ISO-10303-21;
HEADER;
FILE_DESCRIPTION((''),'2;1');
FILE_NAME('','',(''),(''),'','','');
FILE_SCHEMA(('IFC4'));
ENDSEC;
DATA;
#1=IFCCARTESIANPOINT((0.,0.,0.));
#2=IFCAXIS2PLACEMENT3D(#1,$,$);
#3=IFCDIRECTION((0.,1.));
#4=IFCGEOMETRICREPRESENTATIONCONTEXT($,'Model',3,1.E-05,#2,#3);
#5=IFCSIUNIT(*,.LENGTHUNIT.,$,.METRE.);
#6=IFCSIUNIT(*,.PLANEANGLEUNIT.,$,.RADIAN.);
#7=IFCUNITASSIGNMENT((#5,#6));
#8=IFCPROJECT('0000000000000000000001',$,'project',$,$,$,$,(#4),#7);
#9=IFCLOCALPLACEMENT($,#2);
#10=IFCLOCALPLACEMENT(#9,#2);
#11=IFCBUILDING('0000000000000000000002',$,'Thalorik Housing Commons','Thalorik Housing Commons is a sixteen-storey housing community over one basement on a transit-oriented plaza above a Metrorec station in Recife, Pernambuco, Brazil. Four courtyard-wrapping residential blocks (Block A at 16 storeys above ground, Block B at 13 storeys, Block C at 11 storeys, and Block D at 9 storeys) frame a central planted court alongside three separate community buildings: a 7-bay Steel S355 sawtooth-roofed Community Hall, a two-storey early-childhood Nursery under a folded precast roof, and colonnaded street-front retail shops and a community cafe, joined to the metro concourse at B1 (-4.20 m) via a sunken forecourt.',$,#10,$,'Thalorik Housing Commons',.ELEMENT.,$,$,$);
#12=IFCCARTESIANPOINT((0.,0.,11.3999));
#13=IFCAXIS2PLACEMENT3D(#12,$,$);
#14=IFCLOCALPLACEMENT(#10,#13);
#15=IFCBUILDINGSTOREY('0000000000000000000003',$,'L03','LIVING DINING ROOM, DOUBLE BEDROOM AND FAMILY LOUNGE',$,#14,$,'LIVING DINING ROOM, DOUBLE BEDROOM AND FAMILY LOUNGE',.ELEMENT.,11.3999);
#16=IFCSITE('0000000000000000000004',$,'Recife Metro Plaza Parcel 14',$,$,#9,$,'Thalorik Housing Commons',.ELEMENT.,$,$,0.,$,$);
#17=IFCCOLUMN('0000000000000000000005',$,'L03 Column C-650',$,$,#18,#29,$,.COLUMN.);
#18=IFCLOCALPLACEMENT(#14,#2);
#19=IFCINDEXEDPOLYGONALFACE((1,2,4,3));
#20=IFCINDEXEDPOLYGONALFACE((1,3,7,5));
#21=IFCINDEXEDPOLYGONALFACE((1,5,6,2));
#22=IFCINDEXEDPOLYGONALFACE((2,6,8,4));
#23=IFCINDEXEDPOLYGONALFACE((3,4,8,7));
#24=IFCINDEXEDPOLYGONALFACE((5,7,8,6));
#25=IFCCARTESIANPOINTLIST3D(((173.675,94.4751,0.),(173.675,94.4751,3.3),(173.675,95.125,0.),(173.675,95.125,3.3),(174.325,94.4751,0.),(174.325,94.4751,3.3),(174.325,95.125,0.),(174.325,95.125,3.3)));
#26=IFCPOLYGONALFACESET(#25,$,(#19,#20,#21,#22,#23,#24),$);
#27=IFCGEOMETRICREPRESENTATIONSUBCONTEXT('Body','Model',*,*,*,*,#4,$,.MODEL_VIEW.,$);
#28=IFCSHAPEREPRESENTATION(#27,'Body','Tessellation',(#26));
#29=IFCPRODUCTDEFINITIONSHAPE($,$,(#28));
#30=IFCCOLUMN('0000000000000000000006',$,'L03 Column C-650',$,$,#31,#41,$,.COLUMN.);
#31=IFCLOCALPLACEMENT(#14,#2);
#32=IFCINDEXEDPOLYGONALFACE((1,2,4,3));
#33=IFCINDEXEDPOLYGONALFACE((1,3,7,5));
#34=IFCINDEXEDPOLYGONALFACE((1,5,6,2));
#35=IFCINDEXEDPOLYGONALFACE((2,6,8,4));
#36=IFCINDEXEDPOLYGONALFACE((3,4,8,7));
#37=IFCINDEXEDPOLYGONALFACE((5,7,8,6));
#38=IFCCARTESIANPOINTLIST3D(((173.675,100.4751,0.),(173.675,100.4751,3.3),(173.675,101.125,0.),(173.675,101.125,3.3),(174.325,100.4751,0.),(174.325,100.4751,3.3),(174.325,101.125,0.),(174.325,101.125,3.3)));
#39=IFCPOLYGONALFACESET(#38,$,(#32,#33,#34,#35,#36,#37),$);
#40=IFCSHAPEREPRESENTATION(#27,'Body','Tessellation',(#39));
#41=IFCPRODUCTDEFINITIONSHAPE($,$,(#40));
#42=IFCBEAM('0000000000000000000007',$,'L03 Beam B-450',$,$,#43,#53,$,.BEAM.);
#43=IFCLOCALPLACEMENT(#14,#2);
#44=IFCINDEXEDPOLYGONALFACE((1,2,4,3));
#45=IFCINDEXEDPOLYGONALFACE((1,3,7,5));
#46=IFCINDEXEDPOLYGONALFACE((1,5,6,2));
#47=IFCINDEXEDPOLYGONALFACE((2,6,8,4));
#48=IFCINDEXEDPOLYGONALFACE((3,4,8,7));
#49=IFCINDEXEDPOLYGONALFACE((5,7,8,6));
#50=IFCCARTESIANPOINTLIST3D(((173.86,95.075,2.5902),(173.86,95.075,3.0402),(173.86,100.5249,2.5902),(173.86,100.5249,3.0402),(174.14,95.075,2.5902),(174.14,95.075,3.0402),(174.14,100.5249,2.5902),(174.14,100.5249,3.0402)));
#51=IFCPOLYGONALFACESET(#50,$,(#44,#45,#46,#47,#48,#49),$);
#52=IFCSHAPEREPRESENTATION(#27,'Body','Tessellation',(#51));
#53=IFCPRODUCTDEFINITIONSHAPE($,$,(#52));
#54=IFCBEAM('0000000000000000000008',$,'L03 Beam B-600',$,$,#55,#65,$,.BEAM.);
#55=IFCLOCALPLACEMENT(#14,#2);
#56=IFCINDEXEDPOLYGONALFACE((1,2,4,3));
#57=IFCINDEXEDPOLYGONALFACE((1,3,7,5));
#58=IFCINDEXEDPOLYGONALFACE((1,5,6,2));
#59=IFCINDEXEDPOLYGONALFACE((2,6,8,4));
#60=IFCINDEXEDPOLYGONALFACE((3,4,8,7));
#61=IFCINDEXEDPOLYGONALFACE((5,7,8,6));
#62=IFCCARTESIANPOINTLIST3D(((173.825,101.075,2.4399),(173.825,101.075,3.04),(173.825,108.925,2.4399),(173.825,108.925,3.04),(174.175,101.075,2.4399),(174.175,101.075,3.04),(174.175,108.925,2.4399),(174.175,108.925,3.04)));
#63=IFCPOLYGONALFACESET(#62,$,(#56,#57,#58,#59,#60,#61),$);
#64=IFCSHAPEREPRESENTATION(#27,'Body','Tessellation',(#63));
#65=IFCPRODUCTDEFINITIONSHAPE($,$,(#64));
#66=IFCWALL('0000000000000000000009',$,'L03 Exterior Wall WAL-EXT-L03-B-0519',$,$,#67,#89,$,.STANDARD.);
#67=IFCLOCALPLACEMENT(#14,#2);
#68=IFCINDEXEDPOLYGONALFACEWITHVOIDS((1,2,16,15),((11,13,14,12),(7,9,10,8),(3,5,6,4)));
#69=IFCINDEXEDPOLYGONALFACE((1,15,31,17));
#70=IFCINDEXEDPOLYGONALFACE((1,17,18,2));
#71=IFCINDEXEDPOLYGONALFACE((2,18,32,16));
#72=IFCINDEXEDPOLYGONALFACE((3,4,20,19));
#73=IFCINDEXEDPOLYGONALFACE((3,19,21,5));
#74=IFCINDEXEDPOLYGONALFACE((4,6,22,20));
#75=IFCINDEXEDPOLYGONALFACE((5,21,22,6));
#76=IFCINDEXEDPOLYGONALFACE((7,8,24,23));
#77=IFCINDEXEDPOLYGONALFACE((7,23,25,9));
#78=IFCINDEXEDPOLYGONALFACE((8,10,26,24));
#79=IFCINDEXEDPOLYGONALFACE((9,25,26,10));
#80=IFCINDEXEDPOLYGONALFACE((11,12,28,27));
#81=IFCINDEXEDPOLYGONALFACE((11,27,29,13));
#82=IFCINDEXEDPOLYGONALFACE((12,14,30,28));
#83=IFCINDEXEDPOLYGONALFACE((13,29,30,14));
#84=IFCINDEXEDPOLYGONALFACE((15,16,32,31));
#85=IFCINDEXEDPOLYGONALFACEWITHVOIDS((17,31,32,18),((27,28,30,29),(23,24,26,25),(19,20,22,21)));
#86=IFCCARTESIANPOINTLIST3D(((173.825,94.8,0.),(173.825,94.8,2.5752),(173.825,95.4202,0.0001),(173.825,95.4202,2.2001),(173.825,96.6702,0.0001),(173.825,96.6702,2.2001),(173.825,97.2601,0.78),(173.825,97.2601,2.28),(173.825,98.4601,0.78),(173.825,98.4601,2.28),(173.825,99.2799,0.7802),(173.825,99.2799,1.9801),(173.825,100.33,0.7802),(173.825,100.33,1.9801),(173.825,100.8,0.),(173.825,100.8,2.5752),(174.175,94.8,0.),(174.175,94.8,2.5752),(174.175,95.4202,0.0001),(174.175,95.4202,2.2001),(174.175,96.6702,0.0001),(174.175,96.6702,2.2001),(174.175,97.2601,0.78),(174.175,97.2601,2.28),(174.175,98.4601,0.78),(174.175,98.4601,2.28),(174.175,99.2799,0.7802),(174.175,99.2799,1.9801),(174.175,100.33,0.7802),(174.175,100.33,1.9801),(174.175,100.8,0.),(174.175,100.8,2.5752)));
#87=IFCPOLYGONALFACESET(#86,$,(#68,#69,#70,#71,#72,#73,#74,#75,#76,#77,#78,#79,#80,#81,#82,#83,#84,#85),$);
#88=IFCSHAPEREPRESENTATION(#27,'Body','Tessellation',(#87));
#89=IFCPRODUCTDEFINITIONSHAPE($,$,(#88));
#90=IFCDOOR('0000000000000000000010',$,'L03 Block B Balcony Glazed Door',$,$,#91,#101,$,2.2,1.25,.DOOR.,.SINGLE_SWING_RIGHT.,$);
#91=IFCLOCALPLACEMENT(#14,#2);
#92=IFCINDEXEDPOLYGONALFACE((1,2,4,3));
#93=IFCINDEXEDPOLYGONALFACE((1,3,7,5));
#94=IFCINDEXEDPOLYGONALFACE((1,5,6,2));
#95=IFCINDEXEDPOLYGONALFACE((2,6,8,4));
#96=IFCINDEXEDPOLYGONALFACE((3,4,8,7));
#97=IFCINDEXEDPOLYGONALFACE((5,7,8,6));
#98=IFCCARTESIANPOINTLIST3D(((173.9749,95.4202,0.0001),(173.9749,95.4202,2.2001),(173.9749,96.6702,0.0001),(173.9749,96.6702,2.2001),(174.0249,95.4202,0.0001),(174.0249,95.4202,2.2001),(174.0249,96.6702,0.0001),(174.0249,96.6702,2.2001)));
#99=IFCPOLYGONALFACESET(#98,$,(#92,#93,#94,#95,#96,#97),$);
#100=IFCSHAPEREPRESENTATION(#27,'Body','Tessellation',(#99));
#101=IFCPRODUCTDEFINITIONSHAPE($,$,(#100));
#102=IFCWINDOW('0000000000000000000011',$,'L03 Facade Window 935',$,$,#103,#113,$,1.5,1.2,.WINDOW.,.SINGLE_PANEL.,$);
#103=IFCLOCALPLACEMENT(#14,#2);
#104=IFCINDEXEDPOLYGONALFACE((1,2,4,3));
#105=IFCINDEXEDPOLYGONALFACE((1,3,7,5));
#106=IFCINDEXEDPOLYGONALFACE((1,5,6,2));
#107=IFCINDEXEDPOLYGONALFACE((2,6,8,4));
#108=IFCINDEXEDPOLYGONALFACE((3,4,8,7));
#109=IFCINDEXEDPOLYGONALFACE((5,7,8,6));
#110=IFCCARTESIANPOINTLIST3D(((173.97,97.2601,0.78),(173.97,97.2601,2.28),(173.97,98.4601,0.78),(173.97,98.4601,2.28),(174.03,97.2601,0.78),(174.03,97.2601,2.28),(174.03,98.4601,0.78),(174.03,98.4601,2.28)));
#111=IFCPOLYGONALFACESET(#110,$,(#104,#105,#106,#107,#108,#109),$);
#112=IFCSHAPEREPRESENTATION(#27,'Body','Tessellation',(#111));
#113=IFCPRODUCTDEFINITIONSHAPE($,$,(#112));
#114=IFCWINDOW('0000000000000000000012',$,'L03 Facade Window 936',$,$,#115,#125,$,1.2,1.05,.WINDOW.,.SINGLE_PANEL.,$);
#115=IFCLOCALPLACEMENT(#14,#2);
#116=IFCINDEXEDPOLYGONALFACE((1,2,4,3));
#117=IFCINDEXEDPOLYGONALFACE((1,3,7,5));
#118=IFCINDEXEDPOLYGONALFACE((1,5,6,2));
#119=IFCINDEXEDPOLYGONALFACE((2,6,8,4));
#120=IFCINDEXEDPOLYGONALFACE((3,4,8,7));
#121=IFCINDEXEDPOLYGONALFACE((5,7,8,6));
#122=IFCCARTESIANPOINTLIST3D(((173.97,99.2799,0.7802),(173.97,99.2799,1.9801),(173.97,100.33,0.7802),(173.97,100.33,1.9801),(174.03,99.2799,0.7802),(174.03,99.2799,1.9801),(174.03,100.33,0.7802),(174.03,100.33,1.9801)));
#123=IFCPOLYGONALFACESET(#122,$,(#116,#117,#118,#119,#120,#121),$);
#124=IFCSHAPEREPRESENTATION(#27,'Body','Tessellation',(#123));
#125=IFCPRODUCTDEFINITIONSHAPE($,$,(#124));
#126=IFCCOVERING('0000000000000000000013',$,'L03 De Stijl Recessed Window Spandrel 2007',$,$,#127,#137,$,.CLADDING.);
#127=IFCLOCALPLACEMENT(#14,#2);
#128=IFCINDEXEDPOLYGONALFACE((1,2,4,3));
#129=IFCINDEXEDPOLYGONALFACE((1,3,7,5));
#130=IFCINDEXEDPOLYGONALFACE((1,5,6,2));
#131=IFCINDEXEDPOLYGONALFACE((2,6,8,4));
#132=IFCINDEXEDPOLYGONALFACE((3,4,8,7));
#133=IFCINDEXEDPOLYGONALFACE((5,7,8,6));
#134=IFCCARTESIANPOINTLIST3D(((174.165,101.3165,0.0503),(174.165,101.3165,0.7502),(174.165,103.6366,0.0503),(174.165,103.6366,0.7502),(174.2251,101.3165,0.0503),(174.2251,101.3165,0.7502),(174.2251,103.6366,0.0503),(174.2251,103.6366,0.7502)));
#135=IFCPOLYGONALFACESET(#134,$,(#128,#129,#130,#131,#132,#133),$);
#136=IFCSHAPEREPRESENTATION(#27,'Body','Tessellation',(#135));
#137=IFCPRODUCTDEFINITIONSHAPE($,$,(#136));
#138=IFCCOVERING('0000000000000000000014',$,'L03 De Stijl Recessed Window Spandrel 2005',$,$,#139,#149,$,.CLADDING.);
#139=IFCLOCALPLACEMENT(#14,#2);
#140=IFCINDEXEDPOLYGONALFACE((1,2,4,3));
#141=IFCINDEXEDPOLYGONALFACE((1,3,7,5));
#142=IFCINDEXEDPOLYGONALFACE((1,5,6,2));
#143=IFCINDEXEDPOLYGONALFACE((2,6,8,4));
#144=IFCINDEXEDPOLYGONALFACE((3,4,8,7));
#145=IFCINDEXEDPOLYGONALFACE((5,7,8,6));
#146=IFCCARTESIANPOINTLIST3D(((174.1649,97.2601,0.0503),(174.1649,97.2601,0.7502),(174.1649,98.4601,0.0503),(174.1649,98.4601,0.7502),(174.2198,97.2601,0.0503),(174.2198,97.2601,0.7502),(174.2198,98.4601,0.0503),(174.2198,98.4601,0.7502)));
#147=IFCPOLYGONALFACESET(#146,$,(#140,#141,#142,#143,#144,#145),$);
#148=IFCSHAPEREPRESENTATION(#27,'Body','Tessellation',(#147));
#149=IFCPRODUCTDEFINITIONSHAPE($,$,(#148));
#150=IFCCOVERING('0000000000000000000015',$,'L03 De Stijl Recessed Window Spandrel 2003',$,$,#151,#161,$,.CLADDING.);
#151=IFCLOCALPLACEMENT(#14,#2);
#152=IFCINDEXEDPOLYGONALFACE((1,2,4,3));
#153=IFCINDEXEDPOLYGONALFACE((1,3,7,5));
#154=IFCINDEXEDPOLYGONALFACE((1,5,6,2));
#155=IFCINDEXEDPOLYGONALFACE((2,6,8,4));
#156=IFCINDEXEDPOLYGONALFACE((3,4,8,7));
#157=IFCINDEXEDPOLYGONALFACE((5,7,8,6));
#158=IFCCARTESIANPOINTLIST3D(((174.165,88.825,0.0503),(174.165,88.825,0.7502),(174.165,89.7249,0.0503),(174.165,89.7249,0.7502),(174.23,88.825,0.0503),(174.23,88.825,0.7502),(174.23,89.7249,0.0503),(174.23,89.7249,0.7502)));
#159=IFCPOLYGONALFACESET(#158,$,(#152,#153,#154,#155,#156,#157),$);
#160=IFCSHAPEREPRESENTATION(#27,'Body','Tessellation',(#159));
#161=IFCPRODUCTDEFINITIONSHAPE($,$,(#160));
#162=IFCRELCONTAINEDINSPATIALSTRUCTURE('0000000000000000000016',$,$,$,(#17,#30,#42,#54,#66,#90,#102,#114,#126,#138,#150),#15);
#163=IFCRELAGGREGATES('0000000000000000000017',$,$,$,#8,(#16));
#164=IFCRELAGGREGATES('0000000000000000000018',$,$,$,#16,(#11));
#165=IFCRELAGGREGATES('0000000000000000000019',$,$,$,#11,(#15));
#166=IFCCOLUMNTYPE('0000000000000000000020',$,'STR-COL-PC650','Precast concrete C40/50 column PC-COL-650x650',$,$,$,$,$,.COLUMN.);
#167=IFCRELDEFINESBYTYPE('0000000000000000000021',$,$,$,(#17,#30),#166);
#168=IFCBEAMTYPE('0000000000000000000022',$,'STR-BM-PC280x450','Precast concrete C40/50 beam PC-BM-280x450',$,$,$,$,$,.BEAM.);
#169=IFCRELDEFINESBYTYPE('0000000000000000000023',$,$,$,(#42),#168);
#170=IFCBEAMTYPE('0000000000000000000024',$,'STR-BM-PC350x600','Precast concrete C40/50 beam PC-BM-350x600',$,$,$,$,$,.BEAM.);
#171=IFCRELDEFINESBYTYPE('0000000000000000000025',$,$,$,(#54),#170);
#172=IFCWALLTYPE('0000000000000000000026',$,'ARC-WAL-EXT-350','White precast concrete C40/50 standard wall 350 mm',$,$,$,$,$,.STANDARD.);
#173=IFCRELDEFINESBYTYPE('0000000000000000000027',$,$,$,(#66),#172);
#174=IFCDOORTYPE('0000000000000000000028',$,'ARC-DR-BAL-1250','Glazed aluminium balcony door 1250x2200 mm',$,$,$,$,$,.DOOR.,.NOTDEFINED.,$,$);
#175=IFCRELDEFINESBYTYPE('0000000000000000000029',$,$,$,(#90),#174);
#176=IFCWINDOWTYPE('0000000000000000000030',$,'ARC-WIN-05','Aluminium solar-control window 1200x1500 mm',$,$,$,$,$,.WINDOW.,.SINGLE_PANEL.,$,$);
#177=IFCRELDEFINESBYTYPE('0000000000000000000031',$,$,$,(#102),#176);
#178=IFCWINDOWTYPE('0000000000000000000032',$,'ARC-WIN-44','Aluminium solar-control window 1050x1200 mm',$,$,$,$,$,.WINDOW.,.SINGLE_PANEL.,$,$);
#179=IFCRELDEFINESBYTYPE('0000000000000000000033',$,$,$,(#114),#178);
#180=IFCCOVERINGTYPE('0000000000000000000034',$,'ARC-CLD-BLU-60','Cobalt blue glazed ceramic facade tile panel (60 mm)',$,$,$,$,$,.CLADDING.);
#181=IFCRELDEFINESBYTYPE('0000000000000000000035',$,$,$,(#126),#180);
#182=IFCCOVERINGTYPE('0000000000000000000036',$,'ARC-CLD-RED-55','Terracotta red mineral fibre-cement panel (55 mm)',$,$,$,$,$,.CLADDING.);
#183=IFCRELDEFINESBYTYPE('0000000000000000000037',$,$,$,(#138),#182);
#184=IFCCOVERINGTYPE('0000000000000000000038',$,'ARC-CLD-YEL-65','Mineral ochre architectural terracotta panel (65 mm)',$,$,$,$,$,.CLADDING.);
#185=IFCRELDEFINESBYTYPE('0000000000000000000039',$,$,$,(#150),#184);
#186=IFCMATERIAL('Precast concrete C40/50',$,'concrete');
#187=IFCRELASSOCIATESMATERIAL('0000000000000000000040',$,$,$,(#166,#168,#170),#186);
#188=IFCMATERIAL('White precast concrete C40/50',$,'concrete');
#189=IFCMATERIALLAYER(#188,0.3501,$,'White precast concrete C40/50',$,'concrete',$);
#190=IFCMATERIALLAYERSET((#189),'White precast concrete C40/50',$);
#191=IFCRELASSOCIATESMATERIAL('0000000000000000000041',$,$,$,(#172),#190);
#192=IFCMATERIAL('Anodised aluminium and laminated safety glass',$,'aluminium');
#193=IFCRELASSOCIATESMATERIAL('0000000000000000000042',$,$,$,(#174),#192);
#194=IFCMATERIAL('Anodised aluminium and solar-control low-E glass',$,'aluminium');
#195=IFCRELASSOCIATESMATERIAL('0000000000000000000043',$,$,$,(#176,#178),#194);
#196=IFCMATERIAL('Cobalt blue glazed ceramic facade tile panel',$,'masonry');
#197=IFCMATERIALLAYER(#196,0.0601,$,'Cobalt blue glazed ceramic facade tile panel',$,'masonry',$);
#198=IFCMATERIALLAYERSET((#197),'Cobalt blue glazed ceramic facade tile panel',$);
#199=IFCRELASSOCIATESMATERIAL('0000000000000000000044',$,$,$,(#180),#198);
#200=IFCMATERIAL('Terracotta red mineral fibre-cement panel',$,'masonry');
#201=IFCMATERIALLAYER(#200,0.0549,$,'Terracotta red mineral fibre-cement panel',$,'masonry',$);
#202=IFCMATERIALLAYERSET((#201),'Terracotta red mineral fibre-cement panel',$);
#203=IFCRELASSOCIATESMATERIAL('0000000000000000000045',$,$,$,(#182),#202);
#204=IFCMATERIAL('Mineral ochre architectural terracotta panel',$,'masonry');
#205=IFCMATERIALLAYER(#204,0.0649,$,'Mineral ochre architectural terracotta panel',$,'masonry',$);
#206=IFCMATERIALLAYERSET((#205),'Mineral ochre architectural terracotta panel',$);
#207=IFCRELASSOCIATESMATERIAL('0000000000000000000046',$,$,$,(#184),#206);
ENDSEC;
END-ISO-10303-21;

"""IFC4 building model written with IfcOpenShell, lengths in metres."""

from ifc_helpers import new_model, si_unit, direction, frame, frame_2d, origin, origin_2d, place, context, subcontext, project, spatial, rectangle, extrude, material, layer, layer_set, material_profile, profile_set, type_object, element, fill, save


model = new_model("IFC4")

# Units and contexts
model_context = context("Model", 3, precision=1e-05, world=origin(), true_north=direction((0.0, 1.0)))
body_context = subcontext(model_context, "Body", "Model", "MODEL_VIEW")
ifc_project = project(units=[si_unit("LENGTHUNIT", "METRE"), si_unit("PLANEANGLEUNIT", "RADIAN")], contexts=[model_context])

# Site, building, storey
site_placement = place(None, origin())
site = spatial("IfcSite", under=ifc_project, at=site_placement, Name="Recife Metro Plaza Parcel 14", LongName="Thalorik Housing Commons", CompositionType="ELEMENT", RefElevation=0.0)
building_placement = place(site_placement, origin())
building = spatial("IfcBuilding", under=site, at=building_placement, Name="Thalorik Housing Commons", Description="Thalorik Housing Commons is a sixteen-storey housing community over one basement on a transit-oriented plaza above a Metrorec station in Recife, Pernambuco, Brazil. Four courtyard-wrapping residential blocks (Block A at 16 storeys above ground, Block B at 13 storeys, Block C at 11 storeys, and Block D at 9 storeys) frame a central planted court alongside three separate community buildings: a 7-bay Steel S355 sawtooth-roofed Community Hall, a two-storey early-childhood Nursery under a folded precast roof, and colonnaded street-front retail shops and a community cafe, joined to the metro concourse at B1 (-4.20 m) via a sunken forecourt.", LongName="Thalorik Housing Commons", CompositionType="ELEMENT")
storey_placement = place(building_placement, frame((0.0, 0.0, 11.3999)))
storey = spatial("IfcBuildingStorey", under=building, at=storey_placement, Name="L03", Description="LIVING DINING ROOM, DOUBLE BEDROOM AND FAMILY LOUNGE", LongName="LIVING DINING ROOM, DOUBLE BEDROOM AND FAMILY LOUNGE", CompositionType="ELEMENT", Elevation=11.3999)

# Columns
ifc_material_1 = material(Name="Precast concrete C40/50", Category="concrete")
ifc_material_profile_1 = material_profile(ifc_material_1, rectangle(XDim=0.6499, YDim=0.6499, at=origin_2d()), Name="PC 650x650", Category="concrete")
ifc_profile_set_1 = profile_set([ifc_material_profile_1], Name="Precast concrete C40/50")
column_type = type_object("IfcColumnType", Name="STR-COL-PC650", Description="Precast concrete C40/50 column PC-COL-650x650", PredefinedType="COLUMN", material=ifc_profile_set_1)
for number, where, z_axis, x_axis, name in (
    (1, (174.0, 94.8, 0.0), (0.0, 0.0, 1.0), (1.0, 0.0, 0.0), "L03 Column C-650"),
    (2, (174.0, 100.8, 0.0), (0.0, 0.0, 1.0), (1.0, 0.0, 0.0), "L03 Column C-650"),
):
    element("IfcColumn", number, at=place(storey_placement, frame(where, z_axis=z_axis, x_axis=x_axis)), inside=storey, type_object=column_type, Name=name, PredefinedType="COLUMN", context=body_context, shape_type="SweptSolid", body=[
        extrude(rectangle(XDim=0.6499, YDim=0.6499, at=origin_2d()), origin(), (0.0, 0.0, 1.0), 3.3),
    ])

# Beams
ifc_material_profile_2 = material_profile(ifc_material_1, rectangle(XDim=0.28, YDim=0.45, at=origin_2d()), Name="PC 280x450", Category="concrete")
ifc_profile_set_2 = profile_set([ifc_material_profile_2], Name="Precast concrete C40/50")
beam_type_1 = type_object("IfcBeamType", Name="STR-BM-PC280x450", Description="Precast concrete C40/50 beam PC-BM-280x450", PredefinedType="BEAM", material=ifc_profile_set_2)
beam_1_placement = place(storey_placement, frame((174.0, 95.075, 2.8152), z_axis=(0.0, 1.0, 0.0), x_axis=(-1.0, 0.0, 0.0)))
element("IfcBeam", 3, at=beam_1_placement, inside=storey, type_object=beam_type_1, Name="L03 Beam B-450", PredefinedType="BEAM", context=body_context, shape_type="SweptSolid", body=[
    extrude(rectangle(XDim=0.28, YDim=0.45, at=origin_2d()), origin(), (0.0, 0.0, 1.0), 5.45),
])
ifc_material_profile_3 = material_profile(ifc_material_1, rectangle(XDim=0.3501, YDim=0.6001, at=origin_2d()), Name="PC 350x600", Category="concrete")
ifc_profile_set_3 = profile_set([ifc_material_profile_3], Name="Precast concrete C40/50")
beam_type_2 = type_object("IfcBeamType", Name="STR-BM-PC350x600", Description="Precast concrete C40/50 beam PC-BM-350x600", PredefinedType="BEAM", material=ifc_profile_set_3)
beam_2_placement = place(storey_placement, frame((174.0, 101.075, 2.74), z_axis=(0.0, 1.0, 0.0), x_axis=(-1.0, 0.0, 0.0)))
element("IfcBeam", 4, at=beam_2_placement, inside=storey, type_object=beam_type_2, Name="L03 Beam B-600", PredefinedType="BEAM", context=body_context, shape_type="SweptSolid", body=[
    extrude(rectangle(XDim=0.3501, YDim=0.6001, at=origin_2d()), origin(), (0.0, 0.0, 1.0), 7.8501),
])

# Wall, openings, door, windows
ifc_material_2 = material(Name="White precast concrete C40/50", Category="concrete")
ifc_layer_1 = layer(ifc_material_2, 0.3501, Name="White precast concrete C40/50", Category="concrete")
ifc_layer_set_1 = layer_set([ifc_layer_1], Name="White precast concrete C40/50")
wall_type = type_object("IfcWallType", Name="ARC-WAL-EXT-350", Description="White precast concrete C40/50 standard wall 350 mm", PredefinedType="STANDARD", material=ifc_layer_set_1)
wall_1_placement = place(storey_placement, frame((174.0, 94.8, 0.0), z_axis=(0.0, 0.0, 1.0), x_axis=(0.0, 1.0, 0.0)))
wall_1 = element("IfcWall", 5, at=wall_1_placement, inside=storey, type_object=wall_type, Name="L03 Exterior Wall WAL-EXT-L03-B-0519", PredefinedType="STANDARD", context=body_context, shape_type="SweptSolid", body=[
    extrude(rectangle(XDim=6.0, YDim=0.3501, at=frame_2d((3.0, 0.0))), origin(), (0.0, 0.0, 1.0), 2.5752),
])
opening_1_placement = place(wall_1_placement, frame((0.6201, 0.0, 0.0)))
opening_1 = element("IfcOpeningElement", 6, at=opening_1_placement, cuts=wall_1, PredefinedType="OPENING", context=body_context, shape_type="SweptSolid", body=[
    extrude(rectangle(XDim=1.25, YDim=2.2, at=frame_2d((0.625, 1.1001))), frame((0.0, 0.1851, 0.0), z_axis=(0.0, -1.0, 0.0), x_axis=(1.0, 0.0, 0.0)), (0.0, 0.0, 1.0), 0.3701),
])
opening_2_placement = place(wall_1_placement, frame((2.46, 0.0, 0.78)))
opening_2 = element("IfcOpeningElement", 7, at=opening_2_placement, cuts=wall_1, PredefinedType="OPENING", context=body_context, shape_type="SweptSolid", body=[
    extrude(rectangle(XDim=1.2, YDim=1.5, at=frame_2d((0.6001, 0.75))), frame((0.0, 0.1851, 0.0), z_axis=(0.0, -1.0, 0.0), x_axis=(1.0, 0.0, 0.0)), (0.0, 0.0, 1.0), 0.3701),
])
opening_3_placement = place(wall_1_placement, frame((4.48, 0.0, 0.78)))
opening_3 = element("IfcOpeningElement", 8, at=opening_3_placement, cuts=wall_1, PredefinedType="OPENING", context=body_context, shape_type="SweptSolid", body=[
    extrude(rectangle(XDim=1.05, YDim=1.2, at=frame_2d((0.5249, 0.6001))), frame((0.0, 0.1851, 0.0), z_axis=(0.0, -1.0, 0.0), x_axis=(1.0, 0.0, 0.0)), (0.0, 0.0, 1.0), 0.3701),
])
ifc_material_3 = material(Name="Anodised aluminium and laminated safety glass", Category="aluminium")
door_type_1 = type_object("IfcDoorType", Name="ARC-DR-BAL-1250", Description="Glazed aluminium balcony door 1250x2200 mm", OperationType="NOTDEFINED", PredefinedType="DOOR", material=ifc_material_3)
door_1_placement = place(opening_1_placement, frame((1.25, 0.0, 0.0), z_axis=(0.0, 0.0, 1.0), x_axis=(-1.0, 0.0, 0.0)))
door_1 = element("IfcDoor", 9, at=door_1_placement, inside=storey, type_object=door_type_1, Name="L03 Block B Balcony Glazed Door", OperationType="SINGLE_SWING_RIGHT", OverallHeight=2.2, OverallWidth=1.25, PredefinedType="DOOR", context=body_context, shape_type="SweptSolid", body=[
    extrude(rectangle(XDim=1.25, YDim=2.2, at=frame_2d((0.625, 1.1001))), frame((0.0, 0.0249, 0.0), z_axis=(0.0, -1.0, 0.0), x_axis=(1.0, 0.0, 0.0)), (0.0, 0.0, 1.0), 0.05),
])
fill(opening_1, door_1)
ifc_material_4 = material(Name="Anodised aluminium and solar-control low-E glass", Category="aluminium")
window_type_1 = type_object("IfcWindowType", Name="ARC-WIN-05", Description="Aluminium solar-control window 1200x1500 mm", PartitioningType="SINGLE_PANEL", PredefinedType="WINDOW", material=ifc_material_4)
window_1_placement = place(opening_2_placement, origin())
window_1 = element("IfcWindow", 10, at=window_1_placement, inside=storey, type_object=window_type_1, Name="L03 Facade Window 935", OverallHeight=1.5, OverallWidth=1.2, PartitioningType="SINGLE_PANEL", PredefinedType="WINDOW", context=body_context, shape_type="SweptSolid", body=[
    extrude(rectangle(XDim=1.2, YDim=1.5, at=frame_2d((0.6001, 0.75))), frame((0.0, 0.03, 0.0), z_axis=(0.0, -1.0, 0.0), x_axis=(1.0, 0.0, 0.0)), (0.0, 0.0, 1.0), 0.0601),
])
fill(opening_2, window_1)
window_type_2 = type_object("IfcWindowType", Name="ARC-WIN-44", Description="Aluminium solar-control window 1050x1200 mm", PartitioningType="SINGLE_PANEL", PredefinedType="WINDOW", material=ifc_material_4)
window_2_placement = place(opening_3_placement, origin())
window_2 = element("IfcWindow", 11, at=window_2_placement, inside=storey, type_object=window_type_2, Name="L03 Facade Window 936", OverallHeight=1.2, OverallWidth=1.05, PartitioningType="SINGLE_PANEL", PredefinedType="WINDOW", context=body_context, shape_type="SweptSolid", body=[
    extrude(rectangle(XDim=1.05, YDim=1.2, at=frame_2d((0.5249, 0.6001))), frame((0.0, 0.03, 0.0), z_axis=(0.0, -1.0, 0.0), x_axis=(1.0, 0.0, 0.0)), (0.0, 0.0, 1.0), 0.0601),
])
fill(opening_3, window_2)

# Coverings
ifc_material_5 = material(Name="Cobalt blue glazed ceramic facade tile panel", Category="masonry")
ifc_layer_2 = layer(ifc_material_5, 0.0601, Name="Cobalt blue glazed ceramic facade tile panel", Category="masonry")
ifc_layer_set_2 = layer_set([ifc_layer_2], Name="Cobalt blue glazed ceramic facade tile panel")
covering_type_1 = type_object("IfcCoveringType", Name="ARC-CLD-BLU-60", Description="Cobalt blue glazed ceramic facade tile panel (60 mm)", PredefinedType="CLADDING", material=ifc_layer_set_2)
covering_1_placement = place(storey_placement, frame((174.1951, 102.4766, 0.0503), z_axis=(0.0, 0.0, 1.0), x_axis=(0.0, 1.0, 0.0)))
element("IfcCovering", 12, at=covering_1_placement, inside=storey, type_object=covering_type_1, Name="L03 De Stijl Recessed Window Spandrel 2007", PredefinedType="CLADDING", context=body_context, shape_type="SweptSolid", body=[
    extrude(rectangle(XDim=2.3201, YDim=0.0601, at=origin_2d()), origin(), (0.0, 0.0, 1.0), 0.7),
])
ifc_material_6 = material(Name="Terracotta red mineral fibre-cement panel", Category="masonry")
ifc_layer_3 = layer(ifc_material_6, 0.0549, Name="Terracotta red mineral fibre-cement panel", Category="masonry")
ifc_layer_set_3 = layer_set([ifc_layer_3], Name="Terracotta red mineral fibre-cement panel")
covering_type_2 = type_object("IfcCoveringType", Name="ARC-CLD-RED-55", Description="Terracotta red mineral fibre-cement panel (55 mm)", PredefinedType="CLADDING", material=ifc_layer_set_3)
covering_2_placement = place(storey_placement, frame((174.1924, 97.8601, 0.0503), z_axis=(0.0, 0.0, 1.0), x_axis=(0.0, 1.0, 0.0)))
element("IfcCovering", 13, at=covering_2_placement, inside=storey, type_object=covering_type_2, Name="L03 De Stijl Recessed Window Spandrel 2005", PredefinedType="CLADDING", context=body_context, shape_type="SweptSolid", body=[
    extrude(rectangle(XDim=1.2, YDim=0.0549, at=origin_2d()), origin(), (0.0, 0.0, 1.0), 0.7),
])
ifc_material_7 = material(Name="Mineral ochre architectural terracotta panel", Category="masonry")
ifc_layer_4 = layer(ifc_material_7, 0.0649, Name="Mineral ochre architectural terracotta panel", Category="masonry")
ifc_layer_set_4 = layer_set([ifc_layer_4], Name="Mineral ochre architectural terracotta panel")
covering_type_3 = type_object("IfcCoveringType", Name="ARC-CLD-YEL-65", Description="Mineral ochre architectural terracotta panel (65 mm)", PredefinedType="CLADDING", material=ifc_layer_set_4)
covering_3_placement = place(storey_placement, frame((174.1975, 89.2749, 0.0503), z_axis=(0.0, 0.0, 1.0), x_axis=(0.0, 1.0, 0.0)))
element("IfcCovering", 14, at=covering_3_placement, inside=storey, type_object=covering_type_3, Name="L03 De Stijl Recessed Window Spandrel 2003", PredefinedType="CLADDING", context=body_context, shape_type="SweptSolid", body=[
    extrude(rectangle(XDim=0.8999, YDim=0.0649, at=origin_2d()), origin(), (0.0, 0.0, 1.0), 0.7),
])

save(model, "model.ifc")
